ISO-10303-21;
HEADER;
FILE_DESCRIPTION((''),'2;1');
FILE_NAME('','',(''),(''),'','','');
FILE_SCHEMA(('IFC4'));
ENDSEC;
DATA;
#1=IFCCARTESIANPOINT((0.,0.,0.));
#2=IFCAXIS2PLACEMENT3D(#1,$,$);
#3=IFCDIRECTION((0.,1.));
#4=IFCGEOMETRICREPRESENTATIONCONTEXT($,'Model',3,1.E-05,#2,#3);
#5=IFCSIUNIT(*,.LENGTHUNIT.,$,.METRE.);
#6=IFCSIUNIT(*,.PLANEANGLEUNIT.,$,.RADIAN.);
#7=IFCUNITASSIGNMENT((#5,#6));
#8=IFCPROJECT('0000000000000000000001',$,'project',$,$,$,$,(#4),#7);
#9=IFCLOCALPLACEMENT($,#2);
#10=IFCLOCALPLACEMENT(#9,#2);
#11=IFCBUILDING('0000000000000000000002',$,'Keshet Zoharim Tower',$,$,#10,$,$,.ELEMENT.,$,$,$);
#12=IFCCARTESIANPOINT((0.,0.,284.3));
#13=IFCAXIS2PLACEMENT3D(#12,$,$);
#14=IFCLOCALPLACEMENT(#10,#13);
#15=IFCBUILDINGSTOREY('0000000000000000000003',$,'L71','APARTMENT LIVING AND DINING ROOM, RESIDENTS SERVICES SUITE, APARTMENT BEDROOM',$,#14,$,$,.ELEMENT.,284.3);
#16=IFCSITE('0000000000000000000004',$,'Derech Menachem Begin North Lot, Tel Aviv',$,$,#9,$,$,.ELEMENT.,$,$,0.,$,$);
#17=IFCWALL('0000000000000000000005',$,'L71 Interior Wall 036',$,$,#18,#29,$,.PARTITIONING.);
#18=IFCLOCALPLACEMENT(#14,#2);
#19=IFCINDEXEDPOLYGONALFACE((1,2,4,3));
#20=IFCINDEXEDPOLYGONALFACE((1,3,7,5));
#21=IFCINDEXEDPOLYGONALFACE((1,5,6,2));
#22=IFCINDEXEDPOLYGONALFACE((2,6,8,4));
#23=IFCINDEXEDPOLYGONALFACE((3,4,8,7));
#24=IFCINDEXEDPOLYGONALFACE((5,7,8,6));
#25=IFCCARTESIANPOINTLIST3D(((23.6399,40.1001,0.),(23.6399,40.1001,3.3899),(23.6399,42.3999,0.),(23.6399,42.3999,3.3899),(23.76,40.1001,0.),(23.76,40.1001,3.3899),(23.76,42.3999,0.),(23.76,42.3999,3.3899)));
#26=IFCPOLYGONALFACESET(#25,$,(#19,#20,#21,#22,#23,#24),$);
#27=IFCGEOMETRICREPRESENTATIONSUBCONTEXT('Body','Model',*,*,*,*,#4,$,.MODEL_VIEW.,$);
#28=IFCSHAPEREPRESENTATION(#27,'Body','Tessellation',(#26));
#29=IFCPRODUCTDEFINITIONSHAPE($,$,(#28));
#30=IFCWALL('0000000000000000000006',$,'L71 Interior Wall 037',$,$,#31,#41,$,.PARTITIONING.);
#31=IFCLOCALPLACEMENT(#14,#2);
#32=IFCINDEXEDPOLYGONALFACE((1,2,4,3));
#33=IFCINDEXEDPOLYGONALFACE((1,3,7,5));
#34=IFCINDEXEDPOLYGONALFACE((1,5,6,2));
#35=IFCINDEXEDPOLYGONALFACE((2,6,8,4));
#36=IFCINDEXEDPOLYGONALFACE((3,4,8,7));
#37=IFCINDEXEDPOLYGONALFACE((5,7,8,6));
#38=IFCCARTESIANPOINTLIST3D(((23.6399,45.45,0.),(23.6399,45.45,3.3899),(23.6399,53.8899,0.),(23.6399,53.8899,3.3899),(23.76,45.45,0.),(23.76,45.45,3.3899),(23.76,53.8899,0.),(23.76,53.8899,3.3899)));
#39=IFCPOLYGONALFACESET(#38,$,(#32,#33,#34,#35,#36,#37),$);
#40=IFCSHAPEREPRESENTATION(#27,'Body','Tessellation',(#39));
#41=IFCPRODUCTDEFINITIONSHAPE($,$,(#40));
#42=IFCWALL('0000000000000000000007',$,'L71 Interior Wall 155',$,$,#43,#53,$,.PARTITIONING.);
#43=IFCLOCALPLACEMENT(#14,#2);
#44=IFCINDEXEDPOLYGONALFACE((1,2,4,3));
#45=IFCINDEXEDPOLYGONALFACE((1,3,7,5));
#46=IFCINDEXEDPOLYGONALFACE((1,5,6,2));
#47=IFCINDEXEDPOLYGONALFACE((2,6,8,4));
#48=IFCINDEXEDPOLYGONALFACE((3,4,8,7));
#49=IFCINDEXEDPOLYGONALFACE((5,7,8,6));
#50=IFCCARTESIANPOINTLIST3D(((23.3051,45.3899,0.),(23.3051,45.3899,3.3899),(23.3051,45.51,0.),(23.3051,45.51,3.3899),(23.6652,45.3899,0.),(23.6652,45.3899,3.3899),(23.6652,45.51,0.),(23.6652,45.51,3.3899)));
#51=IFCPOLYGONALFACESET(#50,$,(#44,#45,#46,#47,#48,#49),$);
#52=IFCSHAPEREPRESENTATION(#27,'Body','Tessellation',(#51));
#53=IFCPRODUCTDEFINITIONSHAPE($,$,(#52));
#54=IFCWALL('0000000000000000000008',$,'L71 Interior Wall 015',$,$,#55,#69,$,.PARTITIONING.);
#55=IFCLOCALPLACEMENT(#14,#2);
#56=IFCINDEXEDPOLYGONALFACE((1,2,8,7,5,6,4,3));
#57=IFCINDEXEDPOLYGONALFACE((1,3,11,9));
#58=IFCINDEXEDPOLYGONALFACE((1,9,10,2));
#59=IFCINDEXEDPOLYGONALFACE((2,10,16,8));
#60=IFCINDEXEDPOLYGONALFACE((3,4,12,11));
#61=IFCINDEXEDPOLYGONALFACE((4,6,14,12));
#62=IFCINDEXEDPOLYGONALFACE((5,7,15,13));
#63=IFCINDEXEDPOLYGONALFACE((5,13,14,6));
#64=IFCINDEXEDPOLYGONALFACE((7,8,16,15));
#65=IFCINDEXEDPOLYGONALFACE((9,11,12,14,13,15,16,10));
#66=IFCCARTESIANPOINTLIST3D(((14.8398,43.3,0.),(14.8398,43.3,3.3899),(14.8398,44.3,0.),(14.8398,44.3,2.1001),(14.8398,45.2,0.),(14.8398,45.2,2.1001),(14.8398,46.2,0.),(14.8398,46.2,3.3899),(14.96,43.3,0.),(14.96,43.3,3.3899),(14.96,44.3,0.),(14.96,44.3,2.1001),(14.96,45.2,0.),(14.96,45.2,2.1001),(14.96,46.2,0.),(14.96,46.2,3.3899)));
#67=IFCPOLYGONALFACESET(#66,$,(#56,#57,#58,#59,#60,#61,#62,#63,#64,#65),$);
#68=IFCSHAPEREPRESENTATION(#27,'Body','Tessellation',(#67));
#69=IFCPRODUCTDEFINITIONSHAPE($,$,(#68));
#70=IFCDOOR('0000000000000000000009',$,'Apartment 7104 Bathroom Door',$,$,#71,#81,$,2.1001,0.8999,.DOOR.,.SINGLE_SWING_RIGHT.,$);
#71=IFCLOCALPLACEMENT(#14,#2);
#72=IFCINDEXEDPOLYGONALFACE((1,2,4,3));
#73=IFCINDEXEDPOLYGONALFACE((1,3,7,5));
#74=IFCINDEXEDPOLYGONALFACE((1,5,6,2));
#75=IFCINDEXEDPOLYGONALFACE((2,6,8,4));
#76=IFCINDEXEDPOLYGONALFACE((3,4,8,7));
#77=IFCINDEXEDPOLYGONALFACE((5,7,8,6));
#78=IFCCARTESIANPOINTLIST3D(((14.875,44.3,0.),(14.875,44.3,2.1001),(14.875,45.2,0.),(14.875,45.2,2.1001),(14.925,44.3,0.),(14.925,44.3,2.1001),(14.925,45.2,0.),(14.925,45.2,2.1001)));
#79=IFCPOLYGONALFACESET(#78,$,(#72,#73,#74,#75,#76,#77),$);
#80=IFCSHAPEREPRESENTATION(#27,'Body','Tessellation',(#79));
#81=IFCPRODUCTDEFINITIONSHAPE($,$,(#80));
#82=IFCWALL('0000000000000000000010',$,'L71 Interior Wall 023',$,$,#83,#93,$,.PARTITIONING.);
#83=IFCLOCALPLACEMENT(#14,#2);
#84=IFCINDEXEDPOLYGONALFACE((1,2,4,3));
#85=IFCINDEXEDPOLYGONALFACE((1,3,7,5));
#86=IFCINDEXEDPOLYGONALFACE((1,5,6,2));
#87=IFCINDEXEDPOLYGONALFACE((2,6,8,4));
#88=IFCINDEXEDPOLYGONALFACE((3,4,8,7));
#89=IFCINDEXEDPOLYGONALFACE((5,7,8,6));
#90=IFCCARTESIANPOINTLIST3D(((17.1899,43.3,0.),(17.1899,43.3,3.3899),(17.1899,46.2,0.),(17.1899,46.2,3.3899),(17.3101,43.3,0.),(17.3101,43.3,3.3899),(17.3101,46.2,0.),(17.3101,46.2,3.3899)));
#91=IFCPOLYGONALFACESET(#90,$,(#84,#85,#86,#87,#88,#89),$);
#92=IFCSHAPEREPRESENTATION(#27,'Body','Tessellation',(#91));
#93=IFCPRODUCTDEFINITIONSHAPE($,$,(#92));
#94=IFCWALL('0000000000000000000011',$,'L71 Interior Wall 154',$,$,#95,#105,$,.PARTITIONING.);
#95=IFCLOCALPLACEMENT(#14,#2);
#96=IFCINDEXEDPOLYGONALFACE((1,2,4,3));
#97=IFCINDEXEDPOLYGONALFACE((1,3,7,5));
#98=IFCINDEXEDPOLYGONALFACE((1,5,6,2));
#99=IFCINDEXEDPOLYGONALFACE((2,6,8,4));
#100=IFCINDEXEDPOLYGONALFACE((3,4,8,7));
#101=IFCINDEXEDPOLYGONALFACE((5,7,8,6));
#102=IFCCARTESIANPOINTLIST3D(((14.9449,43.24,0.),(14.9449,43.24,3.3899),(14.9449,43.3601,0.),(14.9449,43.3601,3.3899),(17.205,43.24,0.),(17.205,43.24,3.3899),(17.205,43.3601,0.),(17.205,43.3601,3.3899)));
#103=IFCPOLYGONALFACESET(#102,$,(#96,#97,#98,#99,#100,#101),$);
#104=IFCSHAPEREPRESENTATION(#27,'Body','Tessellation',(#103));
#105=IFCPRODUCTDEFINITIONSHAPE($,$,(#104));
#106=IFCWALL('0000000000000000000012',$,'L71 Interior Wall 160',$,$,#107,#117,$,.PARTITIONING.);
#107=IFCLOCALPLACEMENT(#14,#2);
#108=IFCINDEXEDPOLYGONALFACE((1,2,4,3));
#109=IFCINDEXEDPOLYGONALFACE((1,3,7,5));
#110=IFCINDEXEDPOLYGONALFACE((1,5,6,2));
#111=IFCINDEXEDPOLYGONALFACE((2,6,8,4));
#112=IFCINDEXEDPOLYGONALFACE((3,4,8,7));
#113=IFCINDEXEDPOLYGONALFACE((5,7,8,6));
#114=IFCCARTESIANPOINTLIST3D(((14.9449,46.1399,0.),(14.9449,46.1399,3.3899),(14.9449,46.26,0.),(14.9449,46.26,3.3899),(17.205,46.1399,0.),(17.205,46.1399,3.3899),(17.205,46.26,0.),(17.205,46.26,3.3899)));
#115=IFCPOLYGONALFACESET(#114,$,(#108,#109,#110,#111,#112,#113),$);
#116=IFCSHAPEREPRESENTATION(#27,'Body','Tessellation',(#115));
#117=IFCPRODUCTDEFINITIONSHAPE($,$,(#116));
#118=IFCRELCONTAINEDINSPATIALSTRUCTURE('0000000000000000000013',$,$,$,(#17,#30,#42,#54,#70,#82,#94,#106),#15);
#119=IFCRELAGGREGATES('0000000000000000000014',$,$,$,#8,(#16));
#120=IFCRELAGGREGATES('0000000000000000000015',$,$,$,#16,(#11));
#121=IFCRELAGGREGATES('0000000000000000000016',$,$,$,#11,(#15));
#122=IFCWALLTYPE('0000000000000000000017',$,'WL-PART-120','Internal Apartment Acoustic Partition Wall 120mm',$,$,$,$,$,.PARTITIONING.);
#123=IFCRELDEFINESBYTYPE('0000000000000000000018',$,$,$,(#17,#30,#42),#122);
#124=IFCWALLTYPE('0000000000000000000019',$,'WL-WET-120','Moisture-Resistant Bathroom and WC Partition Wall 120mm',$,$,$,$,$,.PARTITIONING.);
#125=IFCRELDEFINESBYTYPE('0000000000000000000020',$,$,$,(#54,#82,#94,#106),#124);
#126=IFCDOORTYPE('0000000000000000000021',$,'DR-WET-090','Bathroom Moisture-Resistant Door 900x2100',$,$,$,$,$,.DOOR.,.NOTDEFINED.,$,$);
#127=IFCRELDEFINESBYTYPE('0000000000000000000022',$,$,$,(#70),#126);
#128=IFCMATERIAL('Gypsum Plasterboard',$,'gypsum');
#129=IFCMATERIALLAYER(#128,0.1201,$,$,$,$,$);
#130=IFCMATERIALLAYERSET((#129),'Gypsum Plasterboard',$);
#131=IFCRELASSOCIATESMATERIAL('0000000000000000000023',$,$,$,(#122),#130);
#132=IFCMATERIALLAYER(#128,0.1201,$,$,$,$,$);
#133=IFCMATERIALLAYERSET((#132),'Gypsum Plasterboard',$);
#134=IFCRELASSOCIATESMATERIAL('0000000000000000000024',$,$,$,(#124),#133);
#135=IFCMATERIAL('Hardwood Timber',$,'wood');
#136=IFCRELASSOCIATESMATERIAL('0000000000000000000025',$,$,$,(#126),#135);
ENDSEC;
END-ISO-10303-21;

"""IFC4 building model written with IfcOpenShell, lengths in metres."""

from ifc_helpers import new_model, si_unit, direction, frame, frame_2d, origin, place, context, subcontext, project, spatial, rectangle, extrude, material, layer, layer_set, type_object, element, fill, save


model = new_model("IFC4")

# Units and contexts
model_context = context("Model", 3, precision=1e-05, world=origin(), true_north=direction((0.0, 1.0)))
body_context = subcontext(model_context, "Body", "Model", "MODEL_VIEW")
ifc_project = project(units=[si_unit("LENGTHUNIT", "METRE"), si_unit("PLANEANGLEUNIT", "RADIAN")], contexts=[model_context])

# Site, building, storey
site_placement = place(None, origin())
site = spatial("IfcSite", under=ifc_project, at=site_placement, Name="Derech Menachem Begin North Lot, Tel Aviv", CompositionType="ELEMENT", RefElevation=0.0)
building_placement = place(site_placement, origin())
building = spatial("IfcBuilding", under=site, at=building_placement, Name="Keshet Zoharim Tower", CompositionType="ELEMENT")
storey_placement = place(building_placement, frame((0.0, 0.0, 284.3)))
storey = spatial("IfcBuildingStorey", under=building, at=storey_placement, Name="L71", Description="APARTMENT LIVING AND DINING ROOM, RESIDENTS SERVICES SUITE, APARTMENT BEDROOM", CompositionType="ELEMENT", Elevation=284.3)

# Shared definitions
ifc_material_1 = material(Name="Gypsum Plasterboard", Category="gypsum")

# Shared definitions
ifc_material_2 = material(Name="Hardwood Timber", Category="wood")

# Walls
ifc_layer_1 = layer(ifc_material_1, 0.1201)
ifc_layer_set_1 = layer_set([ifc_layer_1], Name="Gypsum Plasterboard")
wall_type_1 = type_object("IfcWallType", Name="WL-PART-120", Description="Internal Apartment Acoustic Partition Wall 120mm", PredefinedType="PARTITIONING", material=ifc_layer_set_1)
wall_1_placement = place(storey_placement, frame((23.7, 40.1001, 0.0), z_axis=(0.0, 0.0, 1.0), x_axis=(0.0, 1.0, 0.0)))
element("IfcWall", 1, at=wall_1_placement, inside=storey, type_object=wall_type_1, Name="L71 Interior Wall 036", PredefinedType="PARTITIONING", context=body_context, shape_type="SweptSolid", body=[
    extrude(rectangle(XDim=2.2998, YDim=0.1201, at=frame_2d((1.1499, 0.0))), origin(), (0.0, 0.0, 1.0), 3.3899),
])
wall_2_placement = place(storey_placement, frame((23.7, 45.45, 0.0), z_axis=(0.0, 0.0, 1.0), x_axis=(0.0, 1.0, 0.0)))
element("IfcWall", 2, at=wall_2_placement, inside=storey, type_object=wall_type_1, Name="L71 Interior Wall 037", PredefinedType="PARTITIONING", context=body_context, shape_type="SweptSolid", body=[
    extrude(rectangle(XDim=8.4399, YDim=0.1201, at=frame_2d((4.22, 0.0))), origin(), (0.0, 0.0, 1.0), 3.3899),
])

# Wall
wall_3_placement = place(storey_placement, frame((23.3049, 45.45, 0.0), z_axis=(0.0, 0.0, 1.0), x_axis=(1.0, 0.0, 0.0)))
element("IfcWall", 3, at=wall_3_placement, inside=storey, type_object=wall_type_1, Name="L71 Interior Wall 155", PredefinedType="PARTITIONING", context=body_context, shape_type="SweptSolid", body=[
    extrude(rectangle(XDim=0.3601, YDim=0.1201, at=frame_2d((0.1802, 0.0))), origin(), (0.0, 0.0, 1.0), 3.3899),
])

# Wall, opening, door
ifc_layer_2 = layer(ifc_material_1, 0.1201)
ifc_layer_set_2 = layer_set([ifc_layer_2], Name="Gypsum Plasterboard")
wall_type_2 = type_object("IfcWallType", Name="WL-WET-120", Description="Moisture-Resistant Bathroom and WC Partition Wall 120mm", PredefinedType="PARTITIONING", material=ifc_layer_set_2)
wall_4_placement = place(storey_placement, frame((14.8999, 43.3, 0.0), z_axis=(0.0, 0.0, 1.0), x_axis=(0.0, 1.0, 0.0)))
wall_4 = element("IfcWall", 4, at=wall_4_placement, inside=storey, type_object=wall_type_2, Name="L71 Interior Wall 015", PredefinedType="PARTITIONING", context=body_context, shape_type="SweptSolid", body=[
    extrude(rectangle(XDim=2.8999, YDim=0.1201, at=frame_2d((1.45, 0.0))), origin(), (0.0, 0.0, 1.0), 3.3899),
])
opening_1_placement = place(wall_4_placement, frame((1.0, 0.0, 0.0)))
opening_1 = element("IfcOpeningElement", 5, at=opening_1_placement, cuts=wall_4, PredefinedType="OPENING", context=body_context, shape_type="SweptSolid", body=[
    extrude(rectangle(XDim=0.8999, YDim=2.1001, at=frame_2d((0.45, 1.05))), frame((0.0, 0.0701, 0.0), z_axis=(0.0, -1.0, 0.0), x_axis=(1.0, 0.0, 0.0)), (0.0, 0.0, 1.0), 0.1401),
])
door_type_1 = type_object("IfcDoorType", Name="DR-WET-090", Description="Bathroom Moisture-Resistant Door 900x2100", OperationType="NOTDEFINED", PredefinedType="DOOR", material=ifc_material_2)
door_1_placement = place(opening_1_placement, origin())
door_1 = element("IfcDoor", 6, at=door_1_placement, inside=storey, type_object=door_type_1, Name="Apartment 7104 Bathroom Door", OperationType="SINGLE_SWING_RIGHT", OverallHeight=2.1001, OverallWidth=0.8999, PredefinedType="DOOR", context=body_context, shape_type="SweptSolid", body=[
    extrude(rectangle(XDim=0.8999, YDim=2.1001, at=frame_2d((0.45, 1.05))), frame((0.0, 0.0249, 0.0), z_axis=(0.0, -1.0, 0.0), x_axis=(1.0, 0.0, 0.0)), (0.0, 0.0, 1.0), 0.05),
])
fill(opening_1, door_1)

# Walls
wall_5_placement = place(storey_placement, frame((17.25, 43.3, 0.0), z_axis=(0.0, 0.0, 1.0), x_axis=(0.0, 1.0, 0.0)))
element("IfcWall", 7, at=wall_5_placement, inside=storey, type_object=wall_type_2, Name="L71 Interior Wall 023", PredefinedType="PARTITIONING", context=body_context, shape_type="SweptSolid", body=[
    extrude(rectangle(XDim=2.8999, YDim=0.1201, at=frame_2d((1.45, 0.0))), origin(), (0.0, 0.0, 1.0), 3.3899),
])
for number, where, z_axis, x_axis, name in (
    (8, (14.9451, 43.3, 0.0), (0.0, 0.0, 1.0), (1.0, 0.0, 0.0), "L71 Interior Wall 154"),
    (9, (14.9451, 46.2, 0.0), (0.0, 0.0, 1.0), (1.0, 0.0, 0.0), "L71 Interior Wall 160"),
):
    element("IfcWall", number, at=place(storey_placement, frame(where, z_axis=z_axis, x_axis=x_axis)), inside=storey, type_object=wall_type_2, Name=name, PredefinedType="PARTITIONING", context=body_context, shape_type="SweptSolid", body=[
        extrude(rectangle(XDim=2.26, YDim=0.1201, at=frame_2d((1.1299, 0.0))), origin(), (0.0, 0.0, 1.0), 3.3899),
    ])

save(model, "model.ifc")
